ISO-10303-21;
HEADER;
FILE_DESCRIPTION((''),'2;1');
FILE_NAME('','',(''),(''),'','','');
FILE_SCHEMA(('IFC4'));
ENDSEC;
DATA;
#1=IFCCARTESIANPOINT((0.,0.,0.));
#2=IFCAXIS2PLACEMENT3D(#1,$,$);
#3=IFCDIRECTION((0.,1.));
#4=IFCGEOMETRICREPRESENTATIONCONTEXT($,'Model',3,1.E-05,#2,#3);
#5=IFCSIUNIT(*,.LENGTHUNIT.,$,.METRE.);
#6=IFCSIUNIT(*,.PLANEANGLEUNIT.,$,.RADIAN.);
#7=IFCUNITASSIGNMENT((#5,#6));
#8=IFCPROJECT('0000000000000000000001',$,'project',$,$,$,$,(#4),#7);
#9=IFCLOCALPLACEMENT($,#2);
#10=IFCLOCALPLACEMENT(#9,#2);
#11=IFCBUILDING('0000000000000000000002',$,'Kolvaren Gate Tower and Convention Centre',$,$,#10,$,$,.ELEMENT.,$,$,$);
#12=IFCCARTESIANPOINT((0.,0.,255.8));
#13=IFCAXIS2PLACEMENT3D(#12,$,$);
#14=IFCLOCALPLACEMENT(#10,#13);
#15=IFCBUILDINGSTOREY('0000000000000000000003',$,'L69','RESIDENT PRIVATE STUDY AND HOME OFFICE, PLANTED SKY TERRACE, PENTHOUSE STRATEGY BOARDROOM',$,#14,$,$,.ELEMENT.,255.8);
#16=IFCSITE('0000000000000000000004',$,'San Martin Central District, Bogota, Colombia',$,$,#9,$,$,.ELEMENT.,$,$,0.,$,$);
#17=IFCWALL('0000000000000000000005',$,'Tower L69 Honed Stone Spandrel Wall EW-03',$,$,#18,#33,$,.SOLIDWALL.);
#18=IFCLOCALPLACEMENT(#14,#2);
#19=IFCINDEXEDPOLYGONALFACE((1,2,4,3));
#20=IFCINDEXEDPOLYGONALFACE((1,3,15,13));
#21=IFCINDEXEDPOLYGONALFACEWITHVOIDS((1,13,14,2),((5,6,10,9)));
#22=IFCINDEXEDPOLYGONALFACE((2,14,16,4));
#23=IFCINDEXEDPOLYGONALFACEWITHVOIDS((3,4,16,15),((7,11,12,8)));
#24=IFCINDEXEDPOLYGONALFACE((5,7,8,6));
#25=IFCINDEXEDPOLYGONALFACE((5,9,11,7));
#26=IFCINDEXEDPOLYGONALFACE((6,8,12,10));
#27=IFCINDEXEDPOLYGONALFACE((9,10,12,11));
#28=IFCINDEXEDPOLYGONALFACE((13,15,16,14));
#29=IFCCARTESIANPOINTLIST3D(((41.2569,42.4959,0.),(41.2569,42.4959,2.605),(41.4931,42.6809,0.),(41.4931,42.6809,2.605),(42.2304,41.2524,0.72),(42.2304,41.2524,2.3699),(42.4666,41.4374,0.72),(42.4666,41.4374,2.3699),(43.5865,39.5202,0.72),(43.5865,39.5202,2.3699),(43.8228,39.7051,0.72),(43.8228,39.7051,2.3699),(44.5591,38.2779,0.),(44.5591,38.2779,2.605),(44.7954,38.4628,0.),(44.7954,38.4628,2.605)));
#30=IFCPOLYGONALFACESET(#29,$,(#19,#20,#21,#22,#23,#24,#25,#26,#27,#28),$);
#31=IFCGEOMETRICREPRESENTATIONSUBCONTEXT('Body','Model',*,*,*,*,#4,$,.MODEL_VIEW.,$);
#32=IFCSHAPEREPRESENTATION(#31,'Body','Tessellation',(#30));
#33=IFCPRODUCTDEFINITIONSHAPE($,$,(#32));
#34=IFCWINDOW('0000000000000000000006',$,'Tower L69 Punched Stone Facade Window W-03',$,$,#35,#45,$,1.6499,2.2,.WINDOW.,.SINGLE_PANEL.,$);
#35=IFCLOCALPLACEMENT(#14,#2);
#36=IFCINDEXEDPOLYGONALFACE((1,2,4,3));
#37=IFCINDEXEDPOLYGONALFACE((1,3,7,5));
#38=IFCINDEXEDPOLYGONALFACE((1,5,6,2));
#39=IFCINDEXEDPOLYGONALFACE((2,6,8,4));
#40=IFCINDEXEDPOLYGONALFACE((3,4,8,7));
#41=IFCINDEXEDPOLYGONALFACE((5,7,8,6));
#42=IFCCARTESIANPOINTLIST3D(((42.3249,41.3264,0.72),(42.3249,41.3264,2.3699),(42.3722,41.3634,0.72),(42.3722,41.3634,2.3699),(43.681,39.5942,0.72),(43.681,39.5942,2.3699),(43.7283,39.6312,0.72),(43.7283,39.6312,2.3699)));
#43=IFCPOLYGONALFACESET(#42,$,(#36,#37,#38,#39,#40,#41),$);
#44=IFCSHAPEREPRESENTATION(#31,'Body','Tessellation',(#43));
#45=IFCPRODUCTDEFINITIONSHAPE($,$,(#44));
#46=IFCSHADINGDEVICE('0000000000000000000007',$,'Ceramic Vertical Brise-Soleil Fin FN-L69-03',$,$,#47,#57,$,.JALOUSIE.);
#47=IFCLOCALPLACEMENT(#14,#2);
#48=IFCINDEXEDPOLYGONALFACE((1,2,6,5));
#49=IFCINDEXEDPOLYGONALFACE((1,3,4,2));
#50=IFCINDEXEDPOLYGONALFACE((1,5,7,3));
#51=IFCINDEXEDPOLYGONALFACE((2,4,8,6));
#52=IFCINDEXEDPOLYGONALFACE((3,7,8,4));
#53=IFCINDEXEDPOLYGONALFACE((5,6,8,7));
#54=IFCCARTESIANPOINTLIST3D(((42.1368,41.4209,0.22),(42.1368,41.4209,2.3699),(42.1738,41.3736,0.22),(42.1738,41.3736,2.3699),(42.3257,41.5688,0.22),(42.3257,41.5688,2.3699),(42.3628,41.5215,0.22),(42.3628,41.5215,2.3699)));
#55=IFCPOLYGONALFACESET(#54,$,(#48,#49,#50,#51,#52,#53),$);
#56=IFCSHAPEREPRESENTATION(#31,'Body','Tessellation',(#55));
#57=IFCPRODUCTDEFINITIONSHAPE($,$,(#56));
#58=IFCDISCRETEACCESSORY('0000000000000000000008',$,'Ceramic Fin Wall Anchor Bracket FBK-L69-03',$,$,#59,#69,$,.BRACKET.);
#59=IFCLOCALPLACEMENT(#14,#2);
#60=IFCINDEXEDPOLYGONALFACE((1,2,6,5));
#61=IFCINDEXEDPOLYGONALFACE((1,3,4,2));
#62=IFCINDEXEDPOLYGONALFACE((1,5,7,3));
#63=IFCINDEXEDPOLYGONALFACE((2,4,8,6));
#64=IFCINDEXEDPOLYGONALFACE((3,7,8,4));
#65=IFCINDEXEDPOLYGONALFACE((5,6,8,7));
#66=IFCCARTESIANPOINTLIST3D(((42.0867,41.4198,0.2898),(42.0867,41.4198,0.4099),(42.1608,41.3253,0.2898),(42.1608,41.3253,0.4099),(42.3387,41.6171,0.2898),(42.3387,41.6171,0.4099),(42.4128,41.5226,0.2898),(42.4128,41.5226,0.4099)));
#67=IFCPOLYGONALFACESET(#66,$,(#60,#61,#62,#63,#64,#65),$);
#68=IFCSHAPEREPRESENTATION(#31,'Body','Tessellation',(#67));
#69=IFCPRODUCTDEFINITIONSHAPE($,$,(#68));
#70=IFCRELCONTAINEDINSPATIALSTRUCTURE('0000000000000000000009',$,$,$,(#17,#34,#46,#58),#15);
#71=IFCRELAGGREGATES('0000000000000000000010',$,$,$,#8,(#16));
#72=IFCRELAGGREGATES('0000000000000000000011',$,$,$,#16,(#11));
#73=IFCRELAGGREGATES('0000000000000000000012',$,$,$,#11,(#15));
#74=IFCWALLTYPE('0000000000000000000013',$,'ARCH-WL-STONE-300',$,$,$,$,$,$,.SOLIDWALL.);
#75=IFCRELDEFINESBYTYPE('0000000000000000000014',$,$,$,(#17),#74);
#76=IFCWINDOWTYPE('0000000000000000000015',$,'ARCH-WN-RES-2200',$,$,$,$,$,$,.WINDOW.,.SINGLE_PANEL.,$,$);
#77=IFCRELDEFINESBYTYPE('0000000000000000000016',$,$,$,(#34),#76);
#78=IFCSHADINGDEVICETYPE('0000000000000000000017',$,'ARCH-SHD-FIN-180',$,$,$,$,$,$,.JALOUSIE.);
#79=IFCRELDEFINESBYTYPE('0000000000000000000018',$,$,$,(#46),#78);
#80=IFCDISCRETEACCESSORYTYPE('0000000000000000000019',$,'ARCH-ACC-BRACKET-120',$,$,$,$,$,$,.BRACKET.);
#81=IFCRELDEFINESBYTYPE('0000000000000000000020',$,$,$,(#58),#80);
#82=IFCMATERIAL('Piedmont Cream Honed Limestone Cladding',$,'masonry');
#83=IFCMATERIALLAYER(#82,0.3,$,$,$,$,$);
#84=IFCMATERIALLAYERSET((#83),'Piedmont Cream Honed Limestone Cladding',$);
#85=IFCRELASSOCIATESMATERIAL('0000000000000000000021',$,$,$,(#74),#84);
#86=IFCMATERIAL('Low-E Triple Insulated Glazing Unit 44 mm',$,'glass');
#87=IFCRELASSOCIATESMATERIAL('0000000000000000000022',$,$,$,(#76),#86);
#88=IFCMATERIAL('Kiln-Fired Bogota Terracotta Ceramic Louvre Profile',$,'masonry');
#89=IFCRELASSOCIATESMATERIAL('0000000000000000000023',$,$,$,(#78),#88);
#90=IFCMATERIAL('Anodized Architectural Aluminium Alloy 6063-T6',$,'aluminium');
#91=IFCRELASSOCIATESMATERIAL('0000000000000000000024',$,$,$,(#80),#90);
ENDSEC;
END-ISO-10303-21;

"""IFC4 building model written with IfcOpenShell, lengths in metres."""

from ifc_helpers import new_model, si_unit, direction, frame, frame_2d, origin, origin_2d, place, context, subcontext, project, spatial, rectangle, extrude, material, layer, layer_set, type_object, element, fill, save


model = new_model("IFC4")

# Units and contexts
model_context = context("Model", 3, precision=1e-05, world=origin(), true_north=direction((0.0, 1.0)))
body_context = subcontext(model_context, "Body", "Model", "MODEL_VIEW")
ifc_project = project(units=[si_unit("LENGTHUNIT", "METRE"), si_unit("PLANEANGLEUNIT", "RADIAN")], contexts=[model_context])

# Site, building, storey
site_placement = place(None, origin())
site = spatial("IfcSite", under=ifc_project, at=site_placement, Name="San Martin Central District, Bogota, Colombia", CompositionType="ELEMENT", RefElevation=0.0)
building_placement = place(site_placement, origin())
building = spatial("IfcBuilding", under=site, at=building_placement, Name="Kolvaren Gate Tower and Convention Centre", CompositionType="ELEMENT")
storey_placement = place(building_placement, frame((0.0, 0.0, 255.8)))
storey = spatial("IfcBuildingStorey", under=building, at=storey_placement, Name="L69", Description="RESIDENT PRIVATE STUDY AND HOME OFFICE, PLANTED SKY TERRACE, PENTHOUSE STRATEGY BOARDROOM", CompositionType="ELEMENT", Elevation=255.8)

# Shared definitions
ifc_material_1 = material(Name="Piedmont Cream Honed Limestone Cladding", Category="masonry")

# Shared definitions
ifc_layer_1 = layer(ifc_material_1, 0.3)
ifc_layer_set_1 = layer_set([ifc_layer_1], Name="Piedmont Cream Honed Limestone Cladding")
wall_type_1 = type_object("IfcWallType", Name="ARCH-WL-STONE-300", PredefinedType="SOLIDWALL", material=ifc_layer_set_1)
ifc_material_2 = material(Name="Low-E Triple Insulated Glazing Unit 44 mm", Category="glass")
window_type = type_object("IfcWindowType", Name="ARCH-WN-RES-2200", PartitioningType="SINGLE_PANEL", PredefinedType="WINDOW", material=ifc_material_2)

# Shared definitions
ifc_material_3 = material(Name="Anodized Architectural Aluminium Alloy 6063-T6", Category="aluminium")

# Wall, opening, window
wall_1_placement = place(storey_placement, frame((41.375, 42.5884, 0.0), z_axis=(0.0, 0.0, 1.0), x_axis=(0.616446, -0.787397, 0.0)))
wall_1 = element("IfcWall", 1, at=wall_1_placement, inside=storey, type_object=wall_type_1, Name="Tower L69 Honed Stone Spandrel Wall EW-03", PredefinedType="SOLIDWALL", context=body_context, shape_type="SweptSolid", body=[
    extrude(rectangle(XDim=5.3569, YDim=0.3, at=frame_2d((2.6785, 0.0))), origin(), (0.0, 0.0, 1.0), 2.605),
])
opening_1_placement = place(wall_1_placement, frame((1.5791, 0.0, 0.72)))
opening_1 = element("IfcOpeningElement", 2, at=opening_1_placement, cuts=wall_1, PredefinedType="OPENING", context=body_context, shape_type="SweptSolid", body=[
    extrude(rectangle(XDim=2.2, YDim=1.6499, at=frame_2d((1.1001, 0.825))), frame((0.0, 0.1599, 0.0), z_axis=(0.0, -1.0, 0.0), x_axis=(1.0, 0.0, 0.0)), (0.0, 0.0, 1.0), 0.3201),
])
window_1_placement = place(opening_1_placement, origin())
window_1 = element("IfcWindow", 3, at=window_1_placement, inside=storey, type_object=window_type, Name="Tower L69 Punched Stone Facade Window W-03", OverallHeight=1.6499, OverallWidth=2.2, PartitioningType="SINGLE_PANEL", PredefinedType="WINDOW", context=body_context, shape_type="SweptSolid", body=[
    extrude(rectangle(XDim=2.2, YDim=1.6499, at=frame_2d((1.1001, 0.825))), frame((0.0, 0.03, 0.0), z_axis=(0.0, -1.0, 0.0), x_axis=(1.0, 0.0, 0.0)), (0.0, 0.0, 1.0), 0.0601),
])
fill(opening_1, window_1)

# Shading device
ifc_material_4 = material(Name="Kiln-Fired Bogota Terracotta Ceramic Louvre Profile", Category="masonry")
shading_device_type = type_object("IfcShadingDeviceType", Name="ARCH-SHD-FIN-180", PredefinedType="JALOUSIE", material=ifc_material_4)
shading_device_placement = place(storey_placement, frame((42.2498, 41.4712, 0.22), z_axis=(0.0, 0.0, 1.0), x_axis=(0.616435, -0.787405, 0.0)))
element("IfcShadingDevice", 4, at=shading_device_placement, inside=storey, type_object=shading_device_type, Name="Ceramic Vertical Brise-Soleil Fin FN-L69-03", PredefinedType="JALOUSIE", context=body_context, shape_type="SweptSolid", body=[
    extrude(rectangle(XDim=0.0601, YDim=0.24, at=origin_2d()), origin(), (0.0, 0.0, 1.0), 2.1499),
])

# Discrete accessory
discrete_accessory_type = type_object("IfcDiscreteAccessoryType", Name="ARCH-ACC-BRACKET-120", PredefinedType="BRACKET", material=ifc_material_3)
discrete_accessory_placement = place(storey_placement, frame((42.2498, 41.4712, 0.2898), z_axis=(0.0, 0.0, 1.0), x_axis=(0.616435, -0.787405, 0.0)))
element("IfcDiscreteAccessory", 5, at=discrete_accessory_placement, inside=storey, type_object=discrete_accessory_type, Name="Ceramic Fin Wall Anchor Bracket FBK-L69-03", PredefinedType="BRACKET", context=body_context, shape_type="SweptSolid", body=[
    extrude(rectangle(XDim=0.1201, YDim=0.3201, at=origin_2d()), origin(), (0.0, 0.0, 1.0), 0.1201),
])

save(model, "model.ifc")
